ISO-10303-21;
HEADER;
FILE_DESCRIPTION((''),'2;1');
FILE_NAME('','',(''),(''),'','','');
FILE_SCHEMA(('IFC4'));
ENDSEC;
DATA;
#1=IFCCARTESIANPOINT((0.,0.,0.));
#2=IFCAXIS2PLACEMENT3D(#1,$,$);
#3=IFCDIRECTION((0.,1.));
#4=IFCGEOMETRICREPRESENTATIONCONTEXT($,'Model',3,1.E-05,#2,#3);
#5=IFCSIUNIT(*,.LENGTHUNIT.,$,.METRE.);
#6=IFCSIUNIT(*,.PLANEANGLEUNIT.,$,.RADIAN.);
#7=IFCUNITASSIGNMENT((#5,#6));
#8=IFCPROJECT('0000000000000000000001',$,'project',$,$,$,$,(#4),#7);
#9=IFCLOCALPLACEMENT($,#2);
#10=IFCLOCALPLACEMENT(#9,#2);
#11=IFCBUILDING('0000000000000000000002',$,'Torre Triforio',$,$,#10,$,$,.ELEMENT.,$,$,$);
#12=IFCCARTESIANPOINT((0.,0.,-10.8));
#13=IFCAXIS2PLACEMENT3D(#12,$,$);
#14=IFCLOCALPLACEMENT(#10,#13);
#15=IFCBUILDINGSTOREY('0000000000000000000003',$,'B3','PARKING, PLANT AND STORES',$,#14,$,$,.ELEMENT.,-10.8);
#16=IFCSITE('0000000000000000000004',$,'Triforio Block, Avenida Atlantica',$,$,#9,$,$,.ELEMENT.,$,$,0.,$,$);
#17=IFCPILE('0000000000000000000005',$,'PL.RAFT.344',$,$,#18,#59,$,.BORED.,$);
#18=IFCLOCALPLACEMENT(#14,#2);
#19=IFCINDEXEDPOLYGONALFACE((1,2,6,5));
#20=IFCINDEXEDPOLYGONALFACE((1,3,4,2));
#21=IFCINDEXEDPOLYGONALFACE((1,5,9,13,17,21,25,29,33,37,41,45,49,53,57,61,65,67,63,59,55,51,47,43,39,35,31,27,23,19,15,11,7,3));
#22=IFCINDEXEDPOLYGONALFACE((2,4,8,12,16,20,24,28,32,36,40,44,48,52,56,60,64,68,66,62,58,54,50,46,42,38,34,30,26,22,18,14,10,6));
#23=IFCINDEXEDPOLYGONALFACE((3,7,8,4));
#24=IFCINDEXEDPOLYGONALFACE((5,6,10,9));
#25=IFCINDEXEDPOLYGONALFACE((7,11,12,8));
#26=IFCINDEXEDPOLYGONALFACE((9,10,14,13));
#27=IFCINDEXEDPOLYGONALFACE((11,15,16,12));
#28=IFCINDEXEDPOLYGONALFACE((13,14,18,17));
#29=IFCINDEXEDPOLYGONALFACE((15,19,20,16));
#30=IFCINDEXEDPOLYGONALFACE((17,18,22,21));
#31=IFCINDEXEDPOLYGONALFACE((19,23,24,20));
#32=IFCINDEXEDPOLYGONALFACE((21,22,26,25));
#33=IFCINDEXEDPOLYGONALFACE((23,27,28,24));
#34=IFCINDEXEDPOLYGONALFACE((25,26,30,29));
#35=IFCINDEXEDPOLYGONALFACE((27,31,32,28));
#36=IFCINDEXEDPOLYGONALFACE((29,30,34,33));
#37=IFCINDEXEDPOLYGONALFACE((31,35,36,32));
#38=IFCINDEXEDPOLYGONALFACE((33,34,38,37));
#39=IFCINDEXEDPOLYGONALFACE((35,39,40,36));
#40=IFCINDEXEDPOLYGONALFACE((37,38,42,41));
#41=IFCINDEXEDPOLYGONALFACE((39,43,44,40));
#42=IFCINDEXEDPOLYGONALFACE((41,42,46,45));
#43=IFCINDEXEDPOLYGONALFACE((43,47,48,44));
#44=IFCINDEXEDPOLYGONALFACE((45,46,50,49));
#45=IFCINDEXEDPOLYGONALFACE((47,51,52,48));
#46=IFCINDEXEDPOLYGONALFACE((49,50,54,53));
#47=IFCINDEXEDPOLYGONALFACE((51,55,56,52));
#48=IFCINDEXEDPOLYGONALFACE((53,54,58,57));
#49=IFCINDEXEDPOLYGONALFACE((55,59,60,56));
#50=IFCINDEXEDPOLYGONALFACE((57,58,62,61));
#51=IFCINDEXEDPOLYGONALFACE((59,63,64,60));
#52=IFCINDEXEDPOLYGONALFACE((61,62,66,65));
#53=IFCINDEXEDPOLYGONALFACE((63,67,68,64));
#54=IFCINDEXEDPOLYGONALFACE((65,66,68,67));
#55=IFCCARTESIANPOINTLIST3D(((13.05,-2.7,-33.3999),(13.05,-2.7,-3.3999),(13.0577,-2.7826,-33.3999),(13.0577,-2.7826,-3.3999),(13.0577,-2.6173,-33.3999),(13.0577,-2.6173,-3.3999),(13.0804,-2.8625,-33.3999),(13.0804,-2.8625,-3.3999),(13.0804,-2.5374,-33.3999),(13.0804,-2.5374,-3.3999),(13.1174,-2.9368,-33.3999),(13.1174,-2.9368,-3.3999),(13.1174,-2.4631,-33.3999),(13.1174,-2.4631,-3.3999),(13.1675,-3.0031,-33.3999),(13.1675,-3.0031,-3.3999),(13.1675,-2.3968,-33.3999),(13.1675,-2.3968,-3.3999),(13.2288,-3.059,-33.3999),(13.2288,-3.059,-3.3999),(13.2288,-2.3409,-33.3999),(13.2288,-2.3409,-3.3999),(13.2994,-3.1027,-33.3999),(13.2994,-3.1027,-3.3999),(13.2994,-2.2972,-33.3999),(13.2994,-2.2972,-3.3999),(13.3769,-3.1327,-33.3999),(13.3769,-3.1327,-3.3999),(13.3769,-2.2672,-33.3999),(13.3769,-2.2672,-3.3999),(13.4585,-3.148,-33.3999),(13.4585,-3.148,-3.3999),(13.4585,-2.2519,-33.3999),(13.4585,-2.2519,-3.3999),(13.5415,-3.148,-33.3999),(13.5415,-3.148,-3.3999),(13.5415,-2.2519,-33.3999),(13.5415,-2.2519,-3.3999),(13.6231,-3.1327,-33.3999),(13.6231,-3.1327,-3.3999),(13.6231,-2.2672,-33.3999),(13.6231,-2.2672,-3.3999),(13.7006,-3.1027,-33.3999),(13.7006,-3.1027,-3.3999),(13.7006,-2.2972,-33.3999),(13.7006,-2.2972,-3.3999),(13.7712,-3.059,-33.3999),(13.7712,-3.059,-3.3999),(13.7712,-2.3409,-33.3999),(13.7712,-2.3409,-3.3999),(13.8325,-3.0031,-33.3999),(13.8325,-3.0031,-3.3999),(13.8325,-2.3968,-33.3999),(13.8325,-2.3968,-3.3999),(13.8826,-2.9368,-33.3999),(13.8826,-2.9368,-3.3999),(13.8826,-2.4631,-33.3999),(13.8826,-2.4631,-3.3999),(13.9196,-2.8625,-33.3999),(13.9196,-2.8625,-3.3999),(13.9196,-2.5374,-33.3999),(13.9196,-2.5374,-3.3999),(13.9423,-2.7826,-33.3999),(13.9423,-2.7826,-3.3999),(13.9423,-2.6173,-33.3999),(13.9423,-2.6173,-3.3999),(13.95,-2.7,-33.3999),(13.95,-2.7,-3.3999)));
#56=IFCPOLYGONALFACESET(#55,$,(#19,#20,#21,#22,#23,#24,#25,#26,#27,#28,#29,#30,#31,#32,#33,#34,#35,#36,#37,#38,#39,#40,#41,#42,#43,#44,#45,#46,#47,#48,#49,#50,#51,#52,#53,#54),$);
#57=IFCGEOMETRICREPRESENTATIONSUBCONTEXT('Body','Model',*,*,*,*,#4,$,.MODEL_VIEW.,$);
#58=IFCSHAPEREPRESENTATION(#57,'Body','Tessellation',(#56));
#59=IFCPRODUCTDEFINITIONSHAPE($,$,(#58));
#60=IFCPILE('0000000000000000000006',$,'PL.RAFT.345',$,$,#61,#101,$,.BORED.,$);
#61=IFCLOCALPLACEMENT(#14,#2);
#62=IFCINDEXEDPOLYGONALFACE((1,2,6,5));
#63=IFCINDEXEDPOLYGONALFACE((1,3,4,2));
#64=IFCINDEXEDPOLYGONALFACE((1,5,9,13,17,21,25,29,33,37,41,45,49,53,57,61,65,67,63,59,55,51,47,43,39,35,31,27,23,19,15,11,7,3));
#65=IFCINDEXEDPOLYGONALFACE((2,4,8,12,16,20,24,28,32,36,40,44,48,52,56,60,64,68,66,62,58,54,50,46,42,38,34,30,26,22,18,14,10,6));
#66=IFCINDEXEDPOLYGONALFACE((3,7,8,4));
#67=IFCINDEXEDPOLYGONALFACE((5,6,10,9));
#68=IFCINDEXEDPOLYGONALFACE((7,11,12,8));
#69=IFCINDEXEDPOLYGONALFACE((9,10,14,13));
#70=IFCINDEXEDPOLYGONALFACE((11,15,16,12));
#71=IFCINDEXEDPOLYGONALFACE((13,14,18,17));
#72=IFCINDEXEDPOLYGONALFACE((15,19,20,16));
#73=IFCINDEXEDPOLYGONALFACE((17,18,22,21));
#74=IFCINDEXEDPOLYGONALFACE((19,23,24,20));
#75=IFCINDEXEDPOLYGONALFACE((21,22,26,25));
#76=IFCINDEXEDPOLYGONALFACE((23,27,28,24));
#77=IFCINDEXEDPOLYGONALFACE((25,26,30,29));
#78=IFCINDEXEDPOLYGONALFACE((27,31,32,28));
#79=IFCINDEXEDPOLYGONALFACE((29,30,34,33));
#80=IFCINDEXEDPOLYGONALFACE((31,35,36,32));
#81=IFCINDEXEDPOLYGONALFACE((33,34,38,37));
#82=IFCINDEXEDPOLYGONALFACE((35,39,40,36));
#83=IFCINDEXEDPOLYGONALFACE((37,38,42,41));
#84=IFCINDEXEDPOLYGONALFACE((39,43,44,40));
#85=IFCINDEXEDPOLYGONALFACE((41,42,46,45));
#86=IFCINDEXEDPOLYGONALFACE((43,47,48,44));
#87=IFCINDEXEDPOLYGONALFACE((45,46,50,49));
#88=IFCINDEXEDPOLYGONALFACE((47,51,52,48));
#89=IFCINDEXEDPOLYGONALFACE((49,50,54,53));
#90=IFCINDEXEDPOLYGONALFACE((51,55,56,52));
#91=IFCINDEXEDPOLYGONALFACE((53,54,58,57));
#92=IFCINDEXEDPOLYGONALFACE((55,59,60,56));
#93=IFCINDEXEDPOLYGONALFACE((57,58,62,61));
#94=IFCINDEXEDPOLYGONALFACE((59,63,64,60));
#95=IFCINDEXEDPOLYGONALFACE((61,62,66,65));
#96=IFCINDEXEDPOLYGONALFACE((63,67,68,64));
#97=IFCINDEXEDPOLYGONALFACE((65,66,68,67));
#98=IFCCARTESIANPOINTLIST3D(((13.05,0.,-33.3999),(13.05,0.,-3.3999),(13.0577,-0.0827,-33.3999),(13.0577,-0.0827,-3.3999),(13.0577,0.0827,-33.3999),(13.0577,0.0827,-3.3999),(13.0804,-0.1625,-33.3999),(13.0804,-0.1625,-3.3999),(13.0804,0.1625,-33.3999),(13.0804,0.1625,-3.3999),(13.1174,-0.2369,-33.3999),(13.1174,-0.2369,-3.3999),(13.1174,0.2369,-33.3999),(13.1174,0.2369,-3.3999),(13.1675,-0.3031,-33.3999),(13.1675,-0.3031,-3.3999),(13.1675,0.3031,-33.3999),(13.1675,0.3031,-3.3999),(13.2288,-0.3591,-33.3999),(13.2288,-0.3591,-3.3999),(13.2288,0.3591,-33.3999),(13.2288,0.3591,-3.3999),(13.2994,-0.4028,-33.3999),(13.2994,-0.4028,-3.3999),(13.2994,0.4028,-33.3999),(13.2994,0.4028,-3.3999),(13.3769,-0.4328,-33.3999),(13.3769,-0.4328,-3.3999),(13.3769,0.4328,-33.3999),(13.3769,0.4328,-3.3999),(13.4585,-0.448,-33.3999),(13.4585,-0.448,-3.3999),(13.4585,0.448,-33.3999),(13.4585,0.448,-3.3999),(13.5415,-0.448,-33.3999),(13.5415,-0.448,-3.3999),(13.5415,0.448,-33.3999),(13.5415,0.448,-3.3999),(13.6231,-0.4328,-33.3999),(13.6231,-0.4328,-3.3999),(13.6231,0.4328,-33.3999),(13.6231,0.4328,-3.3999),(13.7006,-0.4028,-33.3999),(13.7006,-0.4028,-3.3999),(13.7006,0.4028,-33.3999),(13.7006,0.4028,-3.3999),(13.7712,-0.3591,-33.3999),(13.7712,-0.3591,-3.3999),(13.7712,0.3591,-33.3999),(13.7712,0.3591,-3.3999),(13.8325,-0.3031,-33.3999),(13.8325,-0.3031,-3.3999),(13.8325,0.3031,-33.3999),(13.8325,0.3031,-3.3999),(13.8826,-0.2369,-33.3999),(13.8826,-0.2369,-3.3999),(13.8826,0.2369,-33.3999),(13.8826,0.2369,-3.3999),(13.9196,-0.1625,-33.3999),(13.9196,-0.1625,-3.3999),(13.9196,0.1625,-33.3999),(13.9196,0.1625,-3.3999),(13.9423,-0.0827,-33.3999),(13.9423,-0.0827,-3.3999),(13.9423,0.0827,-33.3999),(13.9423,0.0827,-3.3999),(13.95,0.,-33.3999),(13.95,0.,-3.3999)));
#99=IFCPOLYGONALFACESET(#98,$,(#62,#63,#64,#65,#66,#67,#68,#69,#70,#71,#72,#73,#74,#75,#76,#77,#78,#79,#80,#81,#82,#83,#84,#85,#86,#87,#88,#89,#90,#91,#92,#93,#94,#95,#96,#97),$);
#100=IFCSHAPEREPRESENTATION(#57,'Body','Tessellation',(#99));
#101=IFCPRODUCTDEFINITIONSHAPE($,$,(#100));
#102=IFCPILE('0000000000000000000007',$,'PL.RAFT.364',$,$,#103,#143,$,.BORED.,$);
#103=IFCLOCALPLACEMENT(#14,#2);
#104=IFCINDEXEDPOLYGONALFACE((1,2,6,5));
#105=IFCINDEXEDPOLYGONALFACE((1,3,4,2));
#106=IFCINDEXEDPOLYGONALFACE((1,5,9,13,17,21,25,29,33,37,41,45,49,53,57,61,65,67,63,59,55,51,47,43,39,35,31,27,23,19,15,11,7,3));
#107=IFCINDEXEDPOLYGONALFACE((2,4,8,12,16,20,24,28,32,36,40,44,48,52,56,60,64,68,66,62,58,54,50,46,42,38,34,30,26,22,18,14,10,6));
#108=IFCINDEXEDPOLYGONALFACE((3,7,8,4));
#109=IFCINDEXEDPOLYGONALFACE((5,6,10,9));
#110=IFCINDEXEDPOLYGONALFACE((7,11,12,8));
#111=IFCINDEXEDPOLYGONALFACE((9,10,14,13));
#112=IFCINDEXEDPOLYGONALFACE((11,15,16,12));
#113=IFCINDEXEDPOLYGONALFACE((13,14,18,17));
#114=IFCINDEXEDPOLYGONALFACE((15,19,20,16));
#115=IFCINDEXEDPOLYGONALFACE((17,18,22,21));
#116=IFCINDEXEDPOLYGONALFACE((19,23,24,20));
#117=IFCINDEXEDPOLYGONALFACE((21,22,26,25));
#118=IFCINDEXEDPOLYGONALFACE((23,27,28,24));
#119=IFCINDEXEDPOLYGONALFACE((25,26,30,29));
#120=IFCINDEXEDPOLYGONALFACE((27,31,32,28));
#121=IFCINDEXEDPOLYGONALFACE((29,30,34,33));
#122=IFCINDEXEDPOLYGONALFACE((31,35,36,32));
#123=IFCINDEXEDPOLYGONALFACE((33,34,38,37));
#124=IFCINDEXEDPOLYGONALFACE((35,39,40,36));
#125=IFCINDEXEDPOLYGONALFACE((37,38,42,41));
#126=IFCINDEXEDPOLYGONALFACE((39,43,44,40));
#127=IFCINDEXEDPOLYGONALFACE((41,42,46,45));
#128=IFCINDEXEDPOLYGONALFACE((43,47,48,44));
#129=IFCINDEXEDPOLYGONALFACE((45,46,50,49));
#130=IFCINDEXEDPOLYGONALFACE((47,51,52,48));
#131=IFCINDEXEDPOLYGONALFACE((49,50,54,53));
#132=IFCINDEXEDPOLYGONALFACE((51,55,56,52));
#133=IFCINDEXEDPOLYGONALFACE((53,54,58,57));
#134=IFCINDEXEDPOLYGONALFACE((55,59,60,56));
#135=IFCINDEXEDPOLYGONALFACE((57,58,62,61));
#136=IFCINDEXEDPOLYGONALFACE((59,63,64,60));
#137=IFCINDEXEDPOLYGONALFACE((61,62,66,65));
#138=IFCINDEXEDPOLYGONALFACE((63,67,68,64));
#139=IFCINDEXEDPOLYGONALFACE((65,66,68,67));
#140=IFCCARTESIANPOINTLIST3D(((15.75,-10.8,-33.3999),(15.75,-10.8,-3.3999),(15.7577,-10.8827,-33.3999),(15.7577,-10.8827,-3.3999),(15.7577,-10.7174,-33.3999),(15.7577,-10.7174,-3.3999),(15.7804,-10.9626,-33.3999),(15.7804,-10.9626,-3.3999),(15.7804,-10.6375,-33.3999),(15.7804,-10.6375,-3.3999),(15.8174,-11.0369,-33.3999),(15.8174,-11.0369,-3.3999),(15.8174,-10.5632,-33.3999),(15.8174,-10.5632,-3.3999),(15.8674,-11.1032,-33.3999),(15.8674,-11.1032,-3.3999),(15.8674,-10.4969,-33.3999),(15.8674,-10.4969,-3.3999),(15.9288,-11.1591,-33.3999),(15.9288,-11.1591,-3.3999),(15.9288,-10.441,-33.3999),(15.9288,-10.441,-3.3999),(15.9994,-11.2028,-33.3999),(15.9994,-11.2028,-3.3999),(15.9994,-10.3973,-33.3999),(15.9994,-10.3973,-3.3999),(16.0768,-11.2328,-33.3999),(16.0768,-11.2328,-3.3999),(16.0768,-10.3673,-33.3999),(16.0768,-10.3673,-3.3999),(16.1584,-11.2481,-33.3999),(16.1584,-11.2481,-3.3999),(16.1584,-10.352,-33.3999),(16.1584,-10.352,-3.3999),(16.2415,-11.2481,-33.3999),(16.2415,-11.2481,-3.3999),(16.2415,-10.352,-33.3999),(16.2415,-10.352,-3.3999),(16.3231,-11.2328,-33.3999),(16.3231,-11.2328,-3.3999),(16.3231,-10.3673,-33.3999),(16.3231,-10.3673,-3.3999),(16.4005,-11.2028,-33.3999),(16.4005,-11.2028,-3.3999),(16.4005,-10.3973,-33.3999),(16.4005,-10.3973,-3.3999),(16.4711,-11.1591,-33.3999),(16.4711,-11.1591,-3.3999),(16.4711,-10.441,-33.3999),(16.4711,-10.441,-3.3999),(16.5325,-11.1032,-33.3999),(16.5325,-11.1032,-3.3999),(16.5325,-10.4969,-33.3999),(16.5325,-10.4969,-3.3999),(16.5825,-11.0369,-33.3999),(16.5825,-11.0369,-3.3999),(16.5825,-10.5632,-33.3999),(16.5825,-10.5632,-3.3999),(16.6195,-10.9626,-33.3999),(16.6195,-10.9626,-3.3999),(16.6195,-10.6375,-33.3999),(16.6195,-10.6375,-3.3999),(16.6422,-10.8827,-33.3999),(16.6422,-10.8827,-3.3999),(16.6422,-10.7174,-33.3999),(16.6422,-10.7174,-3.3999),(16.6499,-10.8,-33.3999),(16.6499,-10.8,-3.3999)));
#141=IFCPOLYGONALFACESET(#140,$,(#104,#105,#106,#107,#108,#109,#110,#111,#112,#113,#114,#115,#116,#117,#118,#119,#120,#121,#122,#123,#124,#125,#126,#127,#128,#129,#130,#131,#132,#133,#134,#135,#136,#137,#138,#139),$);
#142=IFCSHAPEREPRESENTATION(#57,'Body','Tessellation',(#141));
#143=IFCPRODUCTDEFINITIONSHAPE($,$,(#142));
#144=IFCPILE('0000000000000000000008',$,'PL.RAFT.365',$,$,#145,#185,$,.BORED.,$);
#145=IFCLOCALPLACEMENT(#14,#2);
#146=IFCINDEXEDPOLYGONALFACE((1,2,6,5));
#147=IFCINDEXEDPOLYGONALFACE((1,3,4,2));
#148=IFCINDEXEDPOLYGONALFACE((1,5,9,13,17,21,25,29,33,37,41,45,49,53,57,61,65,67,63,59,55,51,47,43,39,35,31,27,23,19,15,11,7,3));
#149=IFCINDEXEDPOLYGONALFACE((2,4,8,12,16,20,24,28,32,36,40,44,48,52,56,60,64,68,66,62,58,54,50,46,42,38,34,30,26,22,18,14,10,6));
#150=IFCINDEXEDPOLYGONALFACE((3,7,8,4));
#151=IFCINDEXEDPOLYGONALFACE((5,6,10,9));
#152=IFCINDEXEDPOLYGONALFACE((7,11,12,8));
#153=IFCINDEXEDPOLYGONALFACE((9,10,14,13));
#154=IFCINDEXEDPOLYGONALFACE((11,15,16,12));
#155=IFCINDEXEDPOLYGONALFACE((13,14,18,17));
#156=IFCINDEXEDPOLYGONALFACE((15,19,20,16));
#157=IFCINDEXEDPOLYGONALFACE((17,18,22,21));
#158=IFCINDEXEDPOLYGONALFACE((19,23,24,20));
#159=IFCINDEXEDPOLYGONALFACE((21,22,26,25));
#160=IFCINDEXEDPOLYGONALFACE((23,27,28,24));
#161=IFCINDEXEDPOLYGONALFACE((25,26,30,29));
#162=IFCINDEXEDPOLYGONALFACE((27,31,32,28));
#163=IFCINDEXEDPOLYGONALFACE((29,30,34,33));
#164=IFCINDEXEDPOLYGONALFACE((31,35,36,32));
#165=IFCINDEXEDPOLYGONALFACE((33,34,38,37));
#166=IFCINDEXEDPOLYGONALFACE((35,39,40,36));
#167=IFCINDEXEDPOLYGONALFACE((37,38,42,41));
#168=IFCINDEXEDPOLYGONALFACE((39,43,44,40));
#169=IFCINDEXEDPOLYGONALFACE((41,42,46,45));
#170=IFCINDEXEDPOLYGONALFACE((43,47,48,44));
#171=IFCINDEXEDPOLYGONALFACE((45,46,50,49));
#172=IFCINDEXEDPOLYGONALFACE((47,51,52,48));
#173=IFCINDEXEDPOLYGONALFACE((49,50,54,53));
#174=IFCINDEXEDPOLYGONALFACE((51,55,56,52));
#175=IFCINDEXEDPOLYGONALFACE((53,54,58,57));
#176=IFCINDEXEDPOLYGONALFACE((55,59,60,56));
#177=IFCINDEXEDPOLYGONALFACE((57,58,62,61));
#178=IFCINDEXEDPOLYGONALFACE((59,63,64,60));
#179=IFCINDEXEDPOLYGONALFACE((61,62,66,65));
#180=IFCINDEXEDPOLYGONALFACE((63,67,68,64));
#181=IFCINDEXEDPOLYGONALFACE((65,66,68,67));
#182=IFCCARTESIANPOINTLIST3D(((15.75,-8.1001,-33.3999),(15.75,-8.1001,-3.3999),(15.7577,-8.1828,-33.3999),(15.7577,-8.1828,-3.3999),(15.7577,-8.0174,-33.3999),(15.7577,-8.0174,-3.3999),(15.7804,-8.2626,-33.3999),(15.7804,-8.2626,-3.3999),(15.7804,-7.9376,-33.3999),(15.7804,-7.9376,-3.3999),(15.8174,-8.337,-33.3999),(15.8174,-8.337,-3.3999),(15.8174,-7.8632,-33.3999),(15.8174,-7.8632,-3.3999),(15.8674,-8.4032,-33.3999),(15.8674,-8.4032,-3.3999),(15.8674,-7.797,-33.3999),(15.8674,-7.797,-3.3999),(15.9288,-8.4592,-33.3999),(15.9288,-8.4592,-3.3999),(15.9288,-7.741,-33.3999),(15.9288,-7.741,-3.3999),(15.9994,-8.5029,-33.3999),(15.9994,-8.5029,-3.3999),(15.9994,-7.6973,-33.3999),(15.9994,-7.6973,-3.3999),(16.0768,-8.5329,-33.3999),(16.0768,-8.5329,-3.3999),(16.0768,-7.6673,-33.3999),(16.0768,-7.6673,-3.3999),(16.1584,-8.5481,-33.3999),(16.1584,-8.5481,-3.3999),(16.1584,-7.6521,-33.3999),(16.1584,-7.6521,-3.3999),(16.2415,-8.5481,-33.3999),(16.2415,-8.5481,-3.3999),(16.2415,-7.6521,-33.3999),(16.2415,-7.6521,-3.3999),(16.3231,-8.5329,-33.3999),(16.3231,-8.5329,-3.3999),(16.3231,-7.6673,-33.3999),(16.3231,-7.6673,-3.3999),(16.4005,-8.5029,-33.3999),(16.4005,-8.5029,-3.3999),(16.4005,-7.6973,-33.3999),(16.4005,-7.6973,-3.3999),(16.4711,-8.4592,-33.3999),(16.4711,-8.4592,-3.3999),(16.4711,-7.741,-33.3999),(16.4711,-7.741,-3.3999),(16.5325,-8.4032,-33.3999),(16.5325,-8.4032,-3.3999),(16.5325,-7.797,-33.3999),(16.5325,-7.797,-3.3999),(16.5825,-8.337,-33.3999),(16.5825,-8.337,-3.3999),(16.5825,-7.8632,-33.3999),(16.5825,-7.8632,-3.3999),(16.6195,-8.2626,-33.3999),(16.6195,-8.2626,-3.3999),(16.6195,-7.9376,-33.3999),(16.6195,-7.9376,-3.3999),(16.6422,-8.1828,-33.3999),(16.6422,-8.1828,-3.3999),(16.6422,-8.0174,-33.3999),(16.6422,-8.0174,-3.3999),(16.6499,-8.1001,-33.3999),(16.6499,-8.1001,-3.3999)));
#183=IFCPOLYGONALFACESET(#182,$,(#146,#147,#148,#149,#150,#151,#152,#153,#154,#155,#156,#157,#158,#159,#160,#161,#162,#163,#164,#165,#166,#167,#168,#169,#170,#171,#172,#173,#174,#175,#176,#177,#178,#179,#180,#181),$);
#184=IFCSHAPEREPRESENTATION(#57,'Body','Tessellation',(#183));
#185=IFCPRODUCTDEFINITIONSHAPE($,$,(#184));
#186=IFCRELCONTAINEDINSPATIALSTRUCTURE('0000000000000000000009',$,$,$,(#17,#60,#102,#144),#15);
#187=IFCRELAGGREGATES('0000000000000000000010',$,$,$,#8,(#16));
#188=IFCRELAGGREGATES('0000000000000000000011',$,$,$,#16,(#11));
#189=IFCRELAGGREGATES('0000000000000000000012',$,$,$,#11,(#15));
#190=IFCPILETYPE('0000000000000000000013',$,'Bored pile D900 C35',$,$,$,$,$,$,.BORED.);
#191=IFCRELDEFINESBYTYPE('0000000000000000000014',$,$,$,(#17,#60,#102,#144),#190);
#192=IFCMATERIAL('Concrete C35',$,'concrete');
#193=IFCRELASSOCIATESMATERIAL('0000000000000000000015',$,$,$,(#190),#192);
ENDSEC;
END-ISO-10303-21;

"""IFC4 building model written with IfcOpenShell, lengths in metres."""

from ifc_helpers import new_model, si_unit, direction, frame, origin, origin_2d, place, context, subcontext, project, spatial, circle, extrude, material, material_profile, profile_set, type_object, element, save


model = new_model("IFC4")

# Units and contexts
model_context = context("Model", 3, precision=1e-05, world=origin(), true_north=direction((0.0, 1.0)))
body_context = subcontext(model_context, "Body", "Model", "MODEL_VIEW")
ifc_project = project(units=[si_unit("LENGTHUNIT", "METRE"), si_unit("PLANEANGLEUNIT", "RADIAN")], contexts=[model_context])

# Site, building, storey
site_placement = place(None, origin())
site = spatial("IfcSite", under=ifc_project, at=site_placement, Name="Triforio Block, Avenida Atlantica", CompositionType="ELEMENT", RefElevation=0.0)
building_placement = place(site_placement, origin())
building = spatial("IfcBuilding", under=site, at=building_placement, Name="Torre Triforio", CompositionType="ELEMENT")
storey_placement = place(building_placement, frame((0.0, 0.0, -10.8)))
storey = spatial("IfcBuildingStorey", under=building, at=storey_placement, Name="B3", Description="PARKING, PLANT AND STORES", CompositionType="ELEMENT", Elevation=-10.8)

# Piles
ifc_material_1 = material(Name="Concrete C35", Category="concrete")
ifc_material_profile_1 = material_profile(ifc_material_1, circle(Radius=0.45, at=origin_2d()), Name="RC D900")
ifc_profile_set_1 = profile_set([ifc_material_profile_1], Name="Concrete C35")
pile_type = type_object("IfcPileType", Name="Bored pile D900 C35", PredefinedType="BORED", material=ifc_profile_set_1)
for number, where, z_axis, x_axis, name in (
    (1, (13.5, -2.7, -3.3999), (0.0, 0.0, -1.0), (1.0, 0.0, 0.0), "PL.RAFT.344"),
    (2, (13.5, 0.0, -3.3999), (0.0, 0.0, -1.0), (1.0, 0.0, 0.0), "PL.RAFT.345"),
    (3, (16.2, -10.8, -3.3999), (0.0, 0.0, -1.0), (1.0, 0.0, 0.0), "PL.RAFT.364"),
    (4, (16.2, -8.1001, -3.3999), (0.0, 0.0, -1.0), (1.0, 0.0, 0.0), "PL.RAFT.365"),
):
    element("IfcPile", number, at=place(storey_placement, frame(where, z_axis=z_axis, x_axis=x_axis)), inside=storey, type_object=pile_type, Name=name, PredefinedType="BORED", context=body_context, shape_type="SweptSolid", body=[
        extrude(circle(Radius=0.45, at=origin_2d()), origin(), (0.0, 0.0, 1.0), 30.0),
    ])

save(model, "model.ifc")
